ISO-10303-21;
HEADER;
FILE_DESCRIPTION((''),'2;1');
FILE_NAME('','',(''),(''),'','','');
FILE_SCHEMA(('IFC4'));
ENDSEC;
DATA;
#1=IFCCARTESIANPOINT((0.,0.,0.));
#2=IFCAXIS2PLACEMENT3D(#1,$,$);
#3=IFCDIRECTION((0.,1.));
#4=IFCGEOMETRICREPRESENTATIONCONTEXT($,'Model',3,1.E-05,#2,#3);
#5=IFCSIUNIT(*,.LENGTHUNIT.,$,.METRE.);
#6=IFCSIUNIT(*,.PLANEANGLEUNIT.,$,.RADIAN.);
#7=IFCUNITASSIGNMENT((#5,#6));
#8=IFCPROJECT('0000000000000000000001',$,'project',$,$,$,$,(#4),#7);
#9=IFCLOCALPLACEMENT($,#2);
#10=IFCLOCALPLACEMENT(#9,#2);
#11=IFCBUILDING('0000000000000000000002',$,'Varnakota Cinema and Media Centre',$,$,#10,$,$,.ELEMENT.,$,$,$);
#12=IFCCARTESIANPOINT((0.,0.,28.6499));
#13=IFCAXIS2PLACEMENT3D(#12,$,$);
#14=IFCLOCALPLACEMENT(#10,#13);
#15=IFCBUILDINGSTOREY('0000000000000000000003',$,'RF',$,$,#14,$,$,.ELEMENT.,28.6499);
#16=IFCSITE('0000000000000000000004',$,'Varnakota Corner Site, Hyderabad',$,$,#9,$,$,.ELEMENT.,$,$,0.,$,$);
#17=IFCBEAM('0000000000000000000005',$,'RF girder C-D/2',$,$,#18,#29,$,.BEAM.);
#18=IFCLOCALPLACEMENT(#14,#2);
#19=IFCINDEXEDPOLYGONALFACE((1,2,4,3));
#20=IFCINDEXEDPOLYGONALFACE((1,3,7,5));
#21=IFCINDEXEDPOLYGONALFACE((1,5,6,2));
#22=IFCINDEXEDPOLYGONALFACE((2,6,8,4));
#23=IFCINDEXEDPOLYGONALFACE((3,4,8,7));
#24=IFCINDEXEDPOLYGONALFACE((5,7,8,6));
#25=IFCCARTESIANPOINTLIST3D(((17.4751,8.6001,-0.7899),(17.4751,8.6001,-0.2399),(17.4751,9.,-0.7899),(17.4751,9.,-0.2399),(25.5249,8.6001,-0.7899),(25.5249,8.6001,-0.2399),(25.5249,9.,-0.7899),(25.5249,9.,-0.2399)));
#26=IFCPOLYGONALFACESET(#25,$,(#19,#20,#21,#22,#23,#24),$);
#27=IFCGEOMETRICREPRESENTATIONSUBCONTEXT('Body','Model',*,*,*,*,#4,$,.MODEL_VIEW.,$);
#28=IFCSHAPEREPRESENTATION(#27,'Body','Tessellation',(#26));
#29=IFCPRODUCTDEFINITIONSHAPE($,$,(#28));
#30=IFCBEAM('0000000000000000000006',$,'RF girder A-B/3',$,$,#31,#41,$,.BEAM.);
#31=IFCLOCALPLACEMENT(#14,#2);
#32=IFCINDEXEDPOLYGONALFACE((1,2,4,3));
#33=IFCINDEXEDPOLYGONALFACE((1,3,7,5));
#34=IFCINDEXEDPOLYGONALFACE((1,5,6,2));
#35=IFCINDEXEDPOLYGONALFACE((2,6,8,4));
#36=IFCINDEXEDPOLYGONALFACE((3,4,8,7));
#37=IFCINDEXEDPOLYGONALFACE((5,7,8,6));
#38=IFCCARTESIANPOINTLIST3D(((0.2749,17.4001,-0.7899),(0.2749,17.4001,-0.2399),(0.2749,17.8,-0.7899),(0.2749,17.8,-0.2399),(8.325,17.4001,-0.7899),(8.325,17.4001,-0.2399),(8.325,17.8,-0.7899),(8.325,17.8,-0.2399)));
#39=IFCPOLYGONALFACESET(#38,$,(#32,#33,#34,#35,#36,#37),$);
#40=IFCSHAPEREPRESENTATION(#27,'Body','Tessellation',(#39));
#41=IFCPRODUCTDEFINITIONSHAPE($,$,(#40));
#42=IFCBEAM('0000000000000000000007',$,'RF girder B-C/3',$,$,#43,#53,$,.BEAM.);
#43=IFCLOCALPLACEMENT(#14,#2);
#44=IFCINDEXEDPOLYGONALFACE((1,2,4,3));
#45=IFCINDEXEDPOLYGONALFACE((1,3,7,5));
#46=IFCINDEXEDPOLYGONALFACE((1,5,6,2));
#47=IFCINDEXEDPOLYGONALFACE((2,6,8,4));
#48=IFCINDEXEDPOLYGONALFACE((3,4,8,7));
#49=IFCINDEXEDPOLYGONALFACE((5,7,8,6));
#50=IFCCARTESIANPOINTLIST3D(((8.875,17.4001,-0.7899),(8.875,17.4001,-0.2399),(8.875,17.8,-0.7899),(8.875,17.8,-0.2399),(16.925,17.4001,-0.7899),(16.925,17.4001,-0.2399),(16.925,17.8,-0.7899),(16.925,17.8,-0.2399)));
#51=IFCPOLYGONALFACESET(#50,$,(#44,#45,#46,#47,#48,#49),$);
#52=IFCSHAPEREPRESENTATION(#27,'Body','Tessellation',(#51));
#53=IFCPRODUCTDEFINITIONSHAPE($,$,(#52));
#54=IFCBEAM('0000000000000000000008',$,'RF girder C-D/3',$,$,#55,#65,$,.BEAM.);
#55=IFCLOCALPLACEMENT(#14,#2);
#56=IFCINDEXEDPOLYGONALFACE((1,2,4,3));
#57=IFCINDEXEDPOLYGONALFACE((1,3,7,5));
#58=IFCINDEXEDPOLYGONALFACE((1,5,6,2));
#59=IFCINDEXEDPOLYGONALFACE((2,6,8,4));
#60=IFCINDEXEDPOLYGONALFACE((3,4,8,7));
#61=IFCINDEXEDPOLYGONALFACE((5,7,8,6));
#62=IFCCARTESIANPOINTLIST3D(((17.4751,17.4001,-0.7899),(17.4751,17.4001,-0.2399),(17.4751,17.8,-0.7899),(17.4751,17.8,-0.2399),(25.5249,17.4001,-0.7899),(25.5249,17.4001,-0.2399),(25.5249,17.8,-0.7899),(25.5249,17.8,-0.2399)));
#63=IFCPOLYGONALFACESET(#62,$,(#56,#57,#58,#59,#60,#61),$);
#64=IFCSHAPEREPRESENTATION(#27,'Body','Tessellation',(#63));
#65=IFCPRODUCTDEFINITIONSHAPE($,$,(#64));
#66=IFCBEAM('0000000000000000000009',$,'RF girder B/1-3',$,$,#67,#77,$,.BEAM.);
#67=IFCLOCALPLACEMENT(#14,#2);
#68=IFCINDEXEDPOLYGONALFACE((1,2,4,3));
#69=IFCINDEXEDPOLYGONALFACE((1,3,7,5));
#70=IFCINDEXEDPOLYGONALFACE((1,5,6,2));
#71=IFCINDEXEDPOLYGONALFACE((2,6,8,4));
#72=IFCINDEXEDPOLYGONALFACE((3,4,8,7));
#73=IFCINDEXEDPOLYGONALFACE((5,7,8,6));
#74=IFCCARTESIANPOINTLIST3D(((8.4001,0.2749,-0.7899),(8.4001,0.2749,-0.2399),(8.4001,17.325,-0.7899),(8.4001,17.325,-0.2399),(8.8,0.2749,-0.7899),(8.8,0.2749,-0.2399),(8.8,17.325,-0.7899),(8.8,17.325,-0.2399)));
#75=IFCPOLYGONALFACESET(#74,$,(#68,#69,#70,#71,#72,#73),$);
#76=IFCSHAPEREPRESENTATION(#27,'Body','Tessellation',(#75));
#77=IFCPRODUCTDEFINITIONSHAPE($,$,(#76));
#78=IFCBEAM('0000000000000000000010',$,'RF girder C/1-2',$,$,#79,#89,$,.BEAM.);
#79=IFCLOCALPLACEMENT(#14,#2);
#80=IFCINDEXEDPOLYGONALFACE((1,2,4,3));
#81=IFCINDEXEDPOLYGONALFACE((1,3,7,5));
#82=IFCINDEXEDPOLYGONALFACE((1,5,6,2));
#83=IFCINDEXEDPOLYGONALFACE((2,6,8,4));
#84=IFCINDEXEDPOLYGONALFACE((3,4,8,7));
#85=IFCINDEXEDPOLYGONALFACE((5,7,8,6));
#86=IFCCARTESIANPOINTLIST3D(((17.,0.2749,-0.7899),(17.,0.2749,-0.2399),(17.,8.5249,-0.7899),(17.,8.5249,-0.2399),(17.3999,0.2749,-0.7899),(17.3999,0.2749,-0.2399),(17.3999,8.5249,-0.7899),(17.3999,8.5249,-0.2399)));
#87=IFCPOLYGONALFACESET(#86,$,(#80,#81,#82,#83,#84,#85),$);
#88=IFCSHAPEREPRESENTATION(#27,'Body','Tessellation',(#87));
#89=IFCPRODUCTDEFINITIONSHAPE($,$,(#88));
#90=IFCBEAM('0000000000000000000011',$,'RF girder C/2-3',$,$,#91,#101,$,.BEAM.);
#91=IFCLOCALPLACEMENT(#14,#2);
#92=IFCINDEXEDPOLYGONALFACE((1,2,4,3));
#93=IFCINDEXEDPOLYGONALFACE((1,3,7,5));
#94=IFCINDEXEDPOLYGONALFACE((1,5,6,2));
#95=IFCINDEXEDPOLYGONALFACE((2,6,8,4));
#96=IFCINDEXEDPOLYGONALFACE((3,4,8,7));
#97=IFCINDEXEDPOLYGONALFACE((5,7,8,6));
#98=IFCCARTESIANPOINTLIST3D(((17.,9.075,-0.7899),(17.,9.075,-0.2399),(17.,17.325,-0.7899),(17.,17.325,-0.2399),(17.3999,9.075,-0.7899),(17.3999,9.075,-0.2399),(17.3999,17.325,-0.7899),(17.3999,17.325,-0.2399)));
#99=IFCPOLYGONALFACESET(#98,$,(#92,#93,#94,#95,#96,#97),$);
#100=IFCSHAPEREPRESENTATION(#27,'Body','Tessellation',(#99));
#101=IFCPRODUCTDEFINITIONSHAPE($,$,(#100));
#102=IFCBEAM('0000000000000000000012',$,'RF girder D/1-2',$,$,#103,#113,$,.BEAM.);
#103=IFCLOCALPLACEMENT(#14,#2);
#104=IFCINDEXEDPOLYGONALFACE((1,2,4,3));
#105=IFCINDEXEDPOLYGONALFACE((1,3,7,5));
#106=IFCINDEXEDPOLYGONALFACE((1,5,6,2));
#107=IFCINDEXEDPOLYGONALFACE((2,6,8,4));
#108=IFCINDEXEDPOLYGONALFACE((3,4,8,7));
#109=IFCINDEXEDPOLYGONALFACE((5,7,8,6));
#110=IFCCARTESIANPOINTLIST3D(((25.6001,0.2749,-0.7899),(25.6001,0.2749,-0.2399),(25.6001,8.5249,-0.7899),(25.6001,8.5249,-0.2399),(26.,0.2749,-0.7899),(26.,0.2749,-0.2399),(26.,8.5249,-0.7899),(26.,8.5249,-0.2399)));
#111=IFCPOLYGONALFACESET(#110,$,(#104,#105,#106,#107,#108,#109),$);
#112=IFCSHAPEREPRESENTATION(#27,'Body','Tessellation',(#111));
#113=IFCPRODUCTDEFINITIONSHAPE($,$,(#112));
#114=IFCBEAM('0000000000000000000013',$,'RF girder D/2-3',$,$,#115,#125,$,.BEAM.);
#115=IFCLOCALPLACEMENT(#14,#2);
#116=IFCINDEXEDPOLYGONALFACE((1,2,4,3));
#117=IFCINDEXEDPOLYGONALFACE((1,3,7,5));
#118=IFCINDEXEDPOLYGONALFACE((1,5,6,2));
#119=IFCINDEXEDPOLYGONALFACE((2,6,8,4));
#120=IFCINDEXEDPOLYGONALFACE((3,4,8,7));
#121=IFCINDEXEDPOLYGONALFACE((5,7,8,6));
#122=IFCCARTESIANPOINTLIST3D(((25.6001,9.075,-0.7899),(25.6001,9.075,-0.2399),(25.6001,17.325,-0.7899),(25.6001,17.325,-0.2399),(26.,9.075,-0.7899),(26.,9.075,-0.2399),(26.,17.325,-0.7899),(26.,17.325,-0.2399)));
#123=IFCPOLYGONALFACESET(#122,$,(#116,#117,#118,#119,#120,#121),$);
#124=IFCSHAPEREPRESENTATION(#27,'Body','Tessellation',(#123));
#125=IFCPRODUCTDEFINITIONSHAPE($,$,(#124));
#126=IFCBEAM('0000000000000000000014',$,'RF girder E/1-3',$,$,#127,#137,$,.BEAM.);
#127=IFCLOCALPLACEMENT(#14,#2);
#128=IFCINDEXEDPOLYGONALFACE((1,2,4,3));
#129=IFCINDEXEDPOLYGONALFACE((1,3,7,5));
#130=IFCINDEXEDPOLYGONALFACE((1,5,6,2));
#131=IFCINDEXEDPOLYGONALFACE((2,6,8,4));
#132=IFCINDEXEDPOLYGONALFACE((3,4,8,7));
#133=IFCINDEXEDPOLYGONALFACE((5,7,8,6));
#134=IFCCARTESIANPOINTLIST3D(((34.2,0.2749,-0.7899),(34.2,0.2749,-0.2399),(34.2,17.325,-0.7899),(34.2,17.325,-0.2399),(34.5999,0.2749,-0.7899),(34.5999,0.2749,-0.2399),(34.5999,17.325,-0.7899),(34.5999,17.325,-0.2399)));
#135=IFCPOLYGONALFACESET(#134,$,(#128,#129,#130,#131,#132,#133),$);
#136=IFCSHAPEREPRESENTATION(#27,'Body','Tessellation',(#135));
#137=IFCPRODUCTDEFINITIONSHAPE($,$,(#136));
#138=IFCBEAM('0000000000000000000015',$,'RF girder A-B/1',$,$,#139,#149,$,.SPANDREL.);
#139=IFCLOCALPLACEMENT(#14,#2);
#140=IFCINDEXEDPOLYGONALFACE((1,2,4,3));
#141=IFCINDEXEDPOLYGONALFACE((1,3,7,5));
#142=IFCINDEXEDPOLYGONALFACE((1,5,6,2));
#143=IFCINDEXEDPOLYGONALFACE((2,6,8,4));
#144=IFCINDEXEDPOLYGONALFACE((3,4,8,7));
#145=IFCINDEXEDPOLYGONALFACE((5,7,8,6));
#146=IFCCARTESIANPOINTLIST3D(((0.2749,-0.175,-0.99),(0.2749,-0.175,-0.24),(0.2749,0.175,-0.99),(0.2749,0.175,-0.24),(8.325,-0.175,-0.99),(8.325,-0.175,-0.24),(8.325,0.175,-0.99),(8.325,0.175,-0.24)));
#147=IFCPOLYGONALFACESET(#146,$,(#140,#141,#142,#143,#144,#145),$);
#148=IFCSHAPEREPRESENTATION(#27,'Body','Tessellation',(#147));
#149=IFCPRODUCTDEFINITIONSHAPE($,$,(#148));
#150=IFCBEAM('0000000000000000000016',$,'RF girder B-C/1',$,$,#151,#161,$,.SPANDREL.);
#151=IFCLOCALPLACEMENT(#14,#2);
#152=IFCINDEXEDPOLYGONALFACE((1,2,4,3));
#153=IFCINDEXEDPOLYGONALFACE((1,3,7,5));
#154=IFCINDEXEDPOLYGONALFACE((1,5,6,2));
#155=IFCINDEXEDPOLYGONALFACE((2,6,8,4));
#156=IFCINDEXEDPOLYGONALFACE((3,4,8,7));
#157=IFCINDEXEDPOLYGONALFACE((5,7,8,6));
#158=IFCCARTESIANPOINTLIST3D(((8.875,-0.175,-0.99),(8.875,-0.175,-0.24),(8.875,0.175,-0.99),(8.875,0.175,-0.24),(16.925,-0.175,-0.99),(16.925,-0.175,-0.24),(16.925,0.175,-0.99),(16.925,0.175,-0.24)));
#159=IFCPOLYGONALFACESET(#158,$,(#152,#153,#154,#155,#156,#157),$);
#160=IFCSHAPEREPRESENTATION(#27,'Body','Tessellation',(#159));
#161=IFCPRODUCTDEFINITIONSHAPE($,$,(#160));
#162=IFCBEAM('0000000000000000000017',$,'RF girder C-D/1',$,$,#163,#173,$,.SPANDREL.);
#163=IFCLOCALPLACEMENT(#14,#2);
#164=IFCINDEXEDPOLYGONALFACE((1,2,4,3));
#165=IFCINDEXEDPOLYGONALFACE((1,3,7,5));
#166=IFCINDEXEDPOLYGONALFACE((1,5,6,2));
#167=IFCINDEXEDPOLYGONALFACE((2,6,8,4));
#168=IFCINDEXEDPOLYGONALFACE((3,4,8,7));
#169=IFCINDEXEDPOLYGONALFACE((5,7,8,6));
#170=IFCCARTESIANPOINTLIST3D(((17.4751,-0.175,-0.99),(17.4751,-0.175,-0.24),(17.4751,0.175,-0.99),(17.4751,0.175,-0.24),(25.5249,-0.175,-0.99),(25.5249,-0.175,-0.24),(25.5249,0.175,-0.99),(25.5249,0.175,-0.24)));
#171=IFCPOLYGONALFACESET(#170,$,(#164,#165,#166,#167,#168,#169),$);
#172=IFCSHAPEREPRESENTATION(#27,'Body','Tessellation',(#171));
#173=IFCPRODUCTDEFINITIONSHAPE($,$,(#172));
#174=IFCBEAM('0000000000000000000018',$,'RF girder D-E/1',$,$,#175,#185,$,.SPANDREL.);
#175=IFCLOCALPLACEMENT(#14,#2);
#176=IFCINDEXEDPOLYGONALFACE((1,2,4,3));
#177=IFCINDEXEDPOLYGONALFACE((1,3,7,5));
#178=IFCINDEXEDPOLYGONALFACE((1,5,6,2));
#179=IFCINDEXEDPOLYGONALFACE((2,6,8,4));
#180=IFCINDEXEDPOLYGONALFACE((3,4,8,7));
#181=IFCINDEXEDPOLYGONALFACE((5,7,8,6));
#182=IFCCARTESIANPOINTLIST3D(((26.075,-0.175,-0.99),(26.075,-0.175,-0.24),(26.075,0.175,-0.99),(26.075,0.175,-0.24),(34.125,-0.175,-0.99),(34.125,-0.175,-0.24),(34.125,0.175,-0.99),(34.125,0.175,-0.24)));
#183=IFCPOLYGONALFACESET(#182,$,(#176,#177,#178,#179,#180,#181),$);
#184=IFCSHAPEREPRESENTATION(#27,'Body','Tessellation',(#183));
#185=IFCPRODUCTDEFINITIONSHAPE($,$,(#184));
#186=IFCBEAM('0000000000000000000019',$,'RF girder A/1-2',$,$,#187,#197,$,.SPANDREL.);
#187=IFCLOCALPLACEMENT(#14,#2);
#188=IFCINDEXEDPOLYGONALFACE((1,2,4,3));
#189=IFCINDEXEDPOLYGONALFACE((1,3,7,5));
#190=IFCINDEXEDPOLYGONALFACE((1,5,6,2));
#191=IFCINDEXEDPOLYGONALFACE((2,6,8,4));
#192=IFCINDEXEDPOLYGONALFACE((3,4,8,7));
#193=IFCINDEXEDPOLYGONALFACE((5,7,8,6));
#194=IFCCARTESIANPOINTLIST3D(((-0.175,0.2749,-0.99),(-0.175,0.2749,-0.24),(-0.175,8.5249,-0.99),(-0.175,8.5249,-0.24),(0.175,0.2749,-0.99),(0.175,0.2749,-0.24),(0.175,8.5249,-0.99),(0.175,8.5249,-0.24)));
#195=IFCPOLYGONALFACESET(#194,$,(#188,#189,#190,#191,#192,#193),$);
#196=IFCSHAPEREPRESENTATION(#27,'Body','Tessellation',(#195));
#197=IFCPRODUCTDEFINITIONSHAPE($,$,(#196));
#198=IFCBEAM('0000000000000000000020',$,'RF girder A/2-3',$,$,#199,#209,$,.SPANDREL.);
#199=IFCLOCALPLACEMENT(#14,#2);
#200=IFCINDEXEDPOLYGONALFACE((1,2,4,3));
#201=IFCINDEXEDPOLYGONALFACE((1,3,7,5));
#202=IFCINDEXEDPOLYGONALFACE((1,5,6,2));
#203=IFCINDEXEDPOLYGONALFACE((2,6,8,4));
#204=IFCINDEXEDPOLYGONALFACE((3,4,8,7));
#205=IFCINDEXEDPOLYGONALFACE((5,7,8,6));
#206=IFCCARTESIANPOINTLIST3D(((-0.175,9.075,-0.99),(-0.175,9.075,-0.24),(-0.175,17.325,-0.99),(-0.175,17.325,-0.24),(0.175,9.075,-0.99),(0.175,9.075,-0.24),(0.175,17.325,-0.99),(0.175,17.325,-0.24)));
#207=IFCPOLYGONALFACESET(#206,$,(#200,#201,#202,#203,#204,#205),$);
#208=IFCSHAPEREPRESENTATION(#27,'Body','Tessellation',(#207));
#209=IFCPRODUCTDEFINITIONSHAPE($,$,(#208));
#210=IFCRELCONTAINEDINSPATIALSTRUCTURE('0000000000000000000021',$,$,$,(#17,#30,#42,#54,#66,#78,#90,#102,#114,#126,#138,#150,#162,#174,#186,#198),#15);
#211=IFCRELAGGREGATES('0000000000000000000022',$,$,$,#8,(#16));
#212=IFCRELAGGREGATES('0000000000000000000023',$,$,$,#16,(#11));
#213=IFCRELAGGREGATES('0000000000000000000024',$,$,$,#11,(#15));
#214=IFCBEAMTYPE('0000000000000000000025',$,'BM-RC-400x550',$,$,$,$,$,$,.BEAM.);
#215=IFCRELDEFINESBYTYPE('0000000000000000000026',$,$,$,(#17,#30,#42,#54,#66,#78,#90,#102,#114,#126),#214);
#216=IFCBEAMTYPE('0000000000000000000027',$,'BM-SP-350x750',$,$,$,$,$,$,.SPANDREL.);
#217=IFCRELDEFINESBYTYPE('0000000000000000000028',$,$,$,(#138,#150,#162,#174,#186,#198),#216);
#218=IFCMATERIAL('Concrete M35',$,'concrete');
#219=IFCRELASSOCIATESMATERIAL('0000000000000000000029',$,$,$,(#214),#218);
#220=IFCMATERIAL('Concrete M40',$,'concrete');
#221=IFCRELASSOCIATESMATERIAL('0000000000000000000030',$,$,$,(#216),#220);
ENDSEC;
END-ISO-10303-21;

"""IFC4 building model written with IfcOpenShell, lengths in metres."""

from ifc_helpers import new_model, si_unit, direction, frame, origin, origin_2d, place, context, subcontext, project, spatial, rectangle, extrude, material, material_profile, profile_set, type_object, element, save


model = new_model("IFC4")

# Units and contexts
model_context = context("Model", 3, precision=1e-05, world=origin(), true_north=direction((0.0, 1.0)))
body_context = subcontext(model_context, "Body", "Model", "MODEL_VIEW")
ifc_project = project(units=[si_unit("LENGTHUNIT", "METRE"), si_unit("PLANEANGLEUNIT", "RADIAN")], contexts=[model_context])

# Site, building, storey
site_placement = place(None, origin())
site = spatial("IfcSite", under=ifc_project, at=site_placement, Name="Varnakota Corner Site, Hyderabad", CompositionType="ELEMENT", RefElevation=0.0)
building_placement = place(site_placement, origin())
building = spatial("IfcBuilding", under=site, at=building_placement, Name="Varnakota Cinema and Media Centre", CompositionType="ELEMENT")
storey_placement = place(building_placement, frame((0.0, 0.0, 28.6499)))
storey = spatial("IfcBuildingStorey", under=building, at=storey_placement, Name="RF", CompositionType="ELEMENT", Elevation=28.6499)

# Beams
ifc_material_1 = material(Name="Concrete M35", Category="concrete")
ifc_material_profile_1 = material_profile(ifc_material_1, rectangle(XDim=0.3999, YDim=0.55, at=origin_2d()), Name="RCB 400x550")
ifc_profile_set_1 = profile_set([ifc_material_profile_1], Name="Concrete M35")
beam_type_1 = type_object("IfcBeamType", Name="BM-RC-400x550", PredefinedType="BEAM", material=ifc_profile_set_1)
beam_1_placement = place(storey_placement, frame((17.4751, 8.8, -0.5149), z_axis=(1.0, 0.0, 0.0), x_axis=(0.0, 1.0, 0.0)))
element("IfcBeam", 1, at=beam_1_placement, inside=storey, type_object=beam_type_1, Name="RF girder C-D/2", PredefinedType="BEAM", context=body_context, shape_type="SweptSolid", body=[
    extrude(rectangle(XDim=0.3999, YDim=0.55, at=origin_2d()), origin(), (0.0, 0.0, 1.0), 8.0498),
])
for number, where, z_axis, x_axis, name in (
    (2, (0.2749, 17.6001, -0.5149), (1.0, 0.0, 0.0), (0.0, 1.0, 0.0), "RF girder A-B/3"),
    (3, (8.875, 17.6001, -0.5149), (1.0, 0.0, 0.0), (0.0, 1.0, 0.0), "RF girder B-C/3"),
):
    element("IfcBeam", number, at=place(storey_placement, frame(where, z_axis=z_axis, x_axis=x_axis)), inside=storey, type_object=beam_type_1, Name=name, PredefinedType="BEAM", context=body_context, shape_type="SweptSolid", body=[
        extrude(rectangle(XDim=0.3999, YDim=0.55, at=origin_2d()), origin(), (0.0, 0.0, 1.0), 8.05),
    ])
beam_2_placement = place(storey_placement, frame((17.4751, 17.6001, -0.5149), z_axis=(1.0, 0.0, 0.0), x_axis=(0.0, 1.0, 0.0)))
element("IfcBeam", 4, at=beam_2_placement, inside=storey, type_object=beam_type_1, Name="RF girder C-D/3", PredefinedType="BEAM", context=body_context, shape_type="SweptSolid", body=[
    extrude(rectangle(XDim=0.3999, YDim=0.55, at=origin_2d()), origin(), (0.0, 0.0, 1.0), 8.0498),
])
beam_3_placement = place(storey_placement, frame((8.6001, 0.2749, -0.5149), z_axis=(0.0, 1.0, 0.0), x_axis=(-1.0, 0.0, 0.0)))
element("IfcBeam", 5, at=beam_3_placement, inside=storey, type_object=beam_type_1, Name="RF girder B/1-3", PredefinedType="BEAM", context=body_context, shape_type="SweptSolid", body=[
    extrude(rectangle(XDim=0.3999, YDim=0.55, at=origin_2d()), origin(), (0.0, 0.0, 1.0), 17.05),
])
for number, where, z_axis, x_axis, name in (
    (6, (17.2, 0.2749, -0.5149), (0.0, 1.0, 0.0), (-1.0, 0.0, 0.0), "RF girder C/1-2"),
    (7, (17.2, 9.075, -0.5149), (0.0, 1.0, 0.0), (-1.0, 0.0, 0.0), "RF girder C/2-3"),
    (8, (25.8, 0.2749, -0.5149), (0.0, 1.0, 0.0), (-1.0, 0.0, 0.0), "RF girder D/1-2"),
    (9, (25.8, 9.075, -0.5149), (0.0, 1.0, 0.0), (-1.0, 0.0, 0.0), "RF girder D/2-3"),
):
    element("IfcBeam", number, at=place(storey_placement, frame(where, z_axis=z_axis, x_axis=x_axis)), inside=storey, type_object=beam_type_1, Name=name, PredefinedType="BEAM", context=body_context, shape_type="SweptSolid", body=[
        extrude(rectangle(XDim=0.3999, YDim=0.55, at=origin_2d()), origin(), (0.0, 0.0, 1.0), 8.25),
    ])
beam_4_placement = place(storey_placement, frame((34.3999, 0.2749, -0.5149), z_axis=(0.0, 1.0, 0.0), x_axis=(-1.0, 0.0, 0.0)))
element("IfcBeam", 10, at=beam_4_placement, inside=storey, type_object=beam_type_1, Name="RF girder E/1-3", PredefinedType="BEAM", context=body_context, shape_type="SweptSolid", body=[
    extrude(rectangle(XDim=0.3999, YDim=0.55, at=origin_2d()), origin(), (0.0, 0.0, 1.0), 17.05),
])
ifc_material_2 = material(Name="Concrete M40", Category="concrete")
ifc_material_profile_2 = material_profile(ifc_material_2, rectangle(XDim=0.3501, YDim=0.75, at=origin_2d()), Name="RCB 350x750")
ifc_profile_set_2 = profile_set([ifc_material_profile_2], Name="Concrete M40")
beam_type_2 = type_object("IfcBeamType", Name="BM-SP-350x750", PredefinedType="SPANDREL", material=ifc_profile_set_2)
for number, where, z_axis, x_axis, name in (
    (11, (0.2749, 0.0, -0.615), (1.0, 0.0, 0.0), (0.0, 1.0, 0.0), "RF girder A-B/1"),
    (12, (8.875, 0.0, -0.615), (1.0, 0.0, 0.0), (0.0, 1.0, 0.0), "RF girder B-C/1"),
):
    element("IfcBeam", number, at=place(storey_placement, frame(where, z_axis=z_axis, x_axis=x_axis)), inside=storey, type_object=beam_type_2, Name=name, PredefinedType="SPANDREL", context=body_context, shape_type="SweptSolid", body=[
        extrude(rectangle(XDim=0.3501, YDim=0.75, at=origin_2d()), origin(), (0.0, 0.0, 1.0), 8.05),
    ])
beam_5_placement = place(storey_placement, frame((17.4751, 0.0, -0.615), z_axis=(1.0, 0.0, 0.0), x_axis=(0.0, 1.0, 0.0)))
element("IfcBeam", 13, at=beam_5_placement, inside=storey, type_object=beam_type_2, Name="RF girder C-D/1", PredefinedType="SPANDREL", context=body_context, shape_type="SweptSolid", body=[
    extrude(rectangle(XDim=0.3501, YDim=0.75, at=origin_2d()), origin(), (0.0, 0.0, 1.0), 8.0498),
])
beam_6_placement = place(storey_placement, frame((26.075, 0.0, -0.615), z_axis=(1.0, 0.0, 0.0), x_axis=(0.0, 1.0, 0.0)))
element("IfcBeam", 14, at=beam_6_placement, inside=storey, type_object=beam_type_2, Name="RF girder D-E/1", PredefinedType="SPANDREL", context=body_context, shape_type="SweptSolid", body=[
    extrude(rectangle(XDim=0.3501, YDim=0.75, at=origin_2d()), origin(), (0.0, 0.0, 1.0), 8.05),
])
for number, where, z_axis, x_axis, name in (
    (15, (0.0, 0.2749, -0.615), (0.0, 1.0, 0.0), (-1.0, 0.0, 0.0), "RF girder A/1-2"),
    (16, (0.0, 9.075, -0.615), (0.0, 1.0, 0.0), (-1.0, 0.0, 0.0), "RF girder A/2-3"),
):
    element("IfcBeam", number, at=place(storey_placement, frame(where, z_axis=z_axis, x_axis=x_axis)), inside=storey, type_object=beam_type_2, Name=name, PredefinedType="SPANDREL", context=body_context, shape_type="SweptSolid", body=[
        extrude(rectangle(XDim=0.3501, YDim=0.75, at=origin_2d()), origin(), (0.0, 0.0, 1.0), 8.25),
    ])

save(model, "model.ifc")
